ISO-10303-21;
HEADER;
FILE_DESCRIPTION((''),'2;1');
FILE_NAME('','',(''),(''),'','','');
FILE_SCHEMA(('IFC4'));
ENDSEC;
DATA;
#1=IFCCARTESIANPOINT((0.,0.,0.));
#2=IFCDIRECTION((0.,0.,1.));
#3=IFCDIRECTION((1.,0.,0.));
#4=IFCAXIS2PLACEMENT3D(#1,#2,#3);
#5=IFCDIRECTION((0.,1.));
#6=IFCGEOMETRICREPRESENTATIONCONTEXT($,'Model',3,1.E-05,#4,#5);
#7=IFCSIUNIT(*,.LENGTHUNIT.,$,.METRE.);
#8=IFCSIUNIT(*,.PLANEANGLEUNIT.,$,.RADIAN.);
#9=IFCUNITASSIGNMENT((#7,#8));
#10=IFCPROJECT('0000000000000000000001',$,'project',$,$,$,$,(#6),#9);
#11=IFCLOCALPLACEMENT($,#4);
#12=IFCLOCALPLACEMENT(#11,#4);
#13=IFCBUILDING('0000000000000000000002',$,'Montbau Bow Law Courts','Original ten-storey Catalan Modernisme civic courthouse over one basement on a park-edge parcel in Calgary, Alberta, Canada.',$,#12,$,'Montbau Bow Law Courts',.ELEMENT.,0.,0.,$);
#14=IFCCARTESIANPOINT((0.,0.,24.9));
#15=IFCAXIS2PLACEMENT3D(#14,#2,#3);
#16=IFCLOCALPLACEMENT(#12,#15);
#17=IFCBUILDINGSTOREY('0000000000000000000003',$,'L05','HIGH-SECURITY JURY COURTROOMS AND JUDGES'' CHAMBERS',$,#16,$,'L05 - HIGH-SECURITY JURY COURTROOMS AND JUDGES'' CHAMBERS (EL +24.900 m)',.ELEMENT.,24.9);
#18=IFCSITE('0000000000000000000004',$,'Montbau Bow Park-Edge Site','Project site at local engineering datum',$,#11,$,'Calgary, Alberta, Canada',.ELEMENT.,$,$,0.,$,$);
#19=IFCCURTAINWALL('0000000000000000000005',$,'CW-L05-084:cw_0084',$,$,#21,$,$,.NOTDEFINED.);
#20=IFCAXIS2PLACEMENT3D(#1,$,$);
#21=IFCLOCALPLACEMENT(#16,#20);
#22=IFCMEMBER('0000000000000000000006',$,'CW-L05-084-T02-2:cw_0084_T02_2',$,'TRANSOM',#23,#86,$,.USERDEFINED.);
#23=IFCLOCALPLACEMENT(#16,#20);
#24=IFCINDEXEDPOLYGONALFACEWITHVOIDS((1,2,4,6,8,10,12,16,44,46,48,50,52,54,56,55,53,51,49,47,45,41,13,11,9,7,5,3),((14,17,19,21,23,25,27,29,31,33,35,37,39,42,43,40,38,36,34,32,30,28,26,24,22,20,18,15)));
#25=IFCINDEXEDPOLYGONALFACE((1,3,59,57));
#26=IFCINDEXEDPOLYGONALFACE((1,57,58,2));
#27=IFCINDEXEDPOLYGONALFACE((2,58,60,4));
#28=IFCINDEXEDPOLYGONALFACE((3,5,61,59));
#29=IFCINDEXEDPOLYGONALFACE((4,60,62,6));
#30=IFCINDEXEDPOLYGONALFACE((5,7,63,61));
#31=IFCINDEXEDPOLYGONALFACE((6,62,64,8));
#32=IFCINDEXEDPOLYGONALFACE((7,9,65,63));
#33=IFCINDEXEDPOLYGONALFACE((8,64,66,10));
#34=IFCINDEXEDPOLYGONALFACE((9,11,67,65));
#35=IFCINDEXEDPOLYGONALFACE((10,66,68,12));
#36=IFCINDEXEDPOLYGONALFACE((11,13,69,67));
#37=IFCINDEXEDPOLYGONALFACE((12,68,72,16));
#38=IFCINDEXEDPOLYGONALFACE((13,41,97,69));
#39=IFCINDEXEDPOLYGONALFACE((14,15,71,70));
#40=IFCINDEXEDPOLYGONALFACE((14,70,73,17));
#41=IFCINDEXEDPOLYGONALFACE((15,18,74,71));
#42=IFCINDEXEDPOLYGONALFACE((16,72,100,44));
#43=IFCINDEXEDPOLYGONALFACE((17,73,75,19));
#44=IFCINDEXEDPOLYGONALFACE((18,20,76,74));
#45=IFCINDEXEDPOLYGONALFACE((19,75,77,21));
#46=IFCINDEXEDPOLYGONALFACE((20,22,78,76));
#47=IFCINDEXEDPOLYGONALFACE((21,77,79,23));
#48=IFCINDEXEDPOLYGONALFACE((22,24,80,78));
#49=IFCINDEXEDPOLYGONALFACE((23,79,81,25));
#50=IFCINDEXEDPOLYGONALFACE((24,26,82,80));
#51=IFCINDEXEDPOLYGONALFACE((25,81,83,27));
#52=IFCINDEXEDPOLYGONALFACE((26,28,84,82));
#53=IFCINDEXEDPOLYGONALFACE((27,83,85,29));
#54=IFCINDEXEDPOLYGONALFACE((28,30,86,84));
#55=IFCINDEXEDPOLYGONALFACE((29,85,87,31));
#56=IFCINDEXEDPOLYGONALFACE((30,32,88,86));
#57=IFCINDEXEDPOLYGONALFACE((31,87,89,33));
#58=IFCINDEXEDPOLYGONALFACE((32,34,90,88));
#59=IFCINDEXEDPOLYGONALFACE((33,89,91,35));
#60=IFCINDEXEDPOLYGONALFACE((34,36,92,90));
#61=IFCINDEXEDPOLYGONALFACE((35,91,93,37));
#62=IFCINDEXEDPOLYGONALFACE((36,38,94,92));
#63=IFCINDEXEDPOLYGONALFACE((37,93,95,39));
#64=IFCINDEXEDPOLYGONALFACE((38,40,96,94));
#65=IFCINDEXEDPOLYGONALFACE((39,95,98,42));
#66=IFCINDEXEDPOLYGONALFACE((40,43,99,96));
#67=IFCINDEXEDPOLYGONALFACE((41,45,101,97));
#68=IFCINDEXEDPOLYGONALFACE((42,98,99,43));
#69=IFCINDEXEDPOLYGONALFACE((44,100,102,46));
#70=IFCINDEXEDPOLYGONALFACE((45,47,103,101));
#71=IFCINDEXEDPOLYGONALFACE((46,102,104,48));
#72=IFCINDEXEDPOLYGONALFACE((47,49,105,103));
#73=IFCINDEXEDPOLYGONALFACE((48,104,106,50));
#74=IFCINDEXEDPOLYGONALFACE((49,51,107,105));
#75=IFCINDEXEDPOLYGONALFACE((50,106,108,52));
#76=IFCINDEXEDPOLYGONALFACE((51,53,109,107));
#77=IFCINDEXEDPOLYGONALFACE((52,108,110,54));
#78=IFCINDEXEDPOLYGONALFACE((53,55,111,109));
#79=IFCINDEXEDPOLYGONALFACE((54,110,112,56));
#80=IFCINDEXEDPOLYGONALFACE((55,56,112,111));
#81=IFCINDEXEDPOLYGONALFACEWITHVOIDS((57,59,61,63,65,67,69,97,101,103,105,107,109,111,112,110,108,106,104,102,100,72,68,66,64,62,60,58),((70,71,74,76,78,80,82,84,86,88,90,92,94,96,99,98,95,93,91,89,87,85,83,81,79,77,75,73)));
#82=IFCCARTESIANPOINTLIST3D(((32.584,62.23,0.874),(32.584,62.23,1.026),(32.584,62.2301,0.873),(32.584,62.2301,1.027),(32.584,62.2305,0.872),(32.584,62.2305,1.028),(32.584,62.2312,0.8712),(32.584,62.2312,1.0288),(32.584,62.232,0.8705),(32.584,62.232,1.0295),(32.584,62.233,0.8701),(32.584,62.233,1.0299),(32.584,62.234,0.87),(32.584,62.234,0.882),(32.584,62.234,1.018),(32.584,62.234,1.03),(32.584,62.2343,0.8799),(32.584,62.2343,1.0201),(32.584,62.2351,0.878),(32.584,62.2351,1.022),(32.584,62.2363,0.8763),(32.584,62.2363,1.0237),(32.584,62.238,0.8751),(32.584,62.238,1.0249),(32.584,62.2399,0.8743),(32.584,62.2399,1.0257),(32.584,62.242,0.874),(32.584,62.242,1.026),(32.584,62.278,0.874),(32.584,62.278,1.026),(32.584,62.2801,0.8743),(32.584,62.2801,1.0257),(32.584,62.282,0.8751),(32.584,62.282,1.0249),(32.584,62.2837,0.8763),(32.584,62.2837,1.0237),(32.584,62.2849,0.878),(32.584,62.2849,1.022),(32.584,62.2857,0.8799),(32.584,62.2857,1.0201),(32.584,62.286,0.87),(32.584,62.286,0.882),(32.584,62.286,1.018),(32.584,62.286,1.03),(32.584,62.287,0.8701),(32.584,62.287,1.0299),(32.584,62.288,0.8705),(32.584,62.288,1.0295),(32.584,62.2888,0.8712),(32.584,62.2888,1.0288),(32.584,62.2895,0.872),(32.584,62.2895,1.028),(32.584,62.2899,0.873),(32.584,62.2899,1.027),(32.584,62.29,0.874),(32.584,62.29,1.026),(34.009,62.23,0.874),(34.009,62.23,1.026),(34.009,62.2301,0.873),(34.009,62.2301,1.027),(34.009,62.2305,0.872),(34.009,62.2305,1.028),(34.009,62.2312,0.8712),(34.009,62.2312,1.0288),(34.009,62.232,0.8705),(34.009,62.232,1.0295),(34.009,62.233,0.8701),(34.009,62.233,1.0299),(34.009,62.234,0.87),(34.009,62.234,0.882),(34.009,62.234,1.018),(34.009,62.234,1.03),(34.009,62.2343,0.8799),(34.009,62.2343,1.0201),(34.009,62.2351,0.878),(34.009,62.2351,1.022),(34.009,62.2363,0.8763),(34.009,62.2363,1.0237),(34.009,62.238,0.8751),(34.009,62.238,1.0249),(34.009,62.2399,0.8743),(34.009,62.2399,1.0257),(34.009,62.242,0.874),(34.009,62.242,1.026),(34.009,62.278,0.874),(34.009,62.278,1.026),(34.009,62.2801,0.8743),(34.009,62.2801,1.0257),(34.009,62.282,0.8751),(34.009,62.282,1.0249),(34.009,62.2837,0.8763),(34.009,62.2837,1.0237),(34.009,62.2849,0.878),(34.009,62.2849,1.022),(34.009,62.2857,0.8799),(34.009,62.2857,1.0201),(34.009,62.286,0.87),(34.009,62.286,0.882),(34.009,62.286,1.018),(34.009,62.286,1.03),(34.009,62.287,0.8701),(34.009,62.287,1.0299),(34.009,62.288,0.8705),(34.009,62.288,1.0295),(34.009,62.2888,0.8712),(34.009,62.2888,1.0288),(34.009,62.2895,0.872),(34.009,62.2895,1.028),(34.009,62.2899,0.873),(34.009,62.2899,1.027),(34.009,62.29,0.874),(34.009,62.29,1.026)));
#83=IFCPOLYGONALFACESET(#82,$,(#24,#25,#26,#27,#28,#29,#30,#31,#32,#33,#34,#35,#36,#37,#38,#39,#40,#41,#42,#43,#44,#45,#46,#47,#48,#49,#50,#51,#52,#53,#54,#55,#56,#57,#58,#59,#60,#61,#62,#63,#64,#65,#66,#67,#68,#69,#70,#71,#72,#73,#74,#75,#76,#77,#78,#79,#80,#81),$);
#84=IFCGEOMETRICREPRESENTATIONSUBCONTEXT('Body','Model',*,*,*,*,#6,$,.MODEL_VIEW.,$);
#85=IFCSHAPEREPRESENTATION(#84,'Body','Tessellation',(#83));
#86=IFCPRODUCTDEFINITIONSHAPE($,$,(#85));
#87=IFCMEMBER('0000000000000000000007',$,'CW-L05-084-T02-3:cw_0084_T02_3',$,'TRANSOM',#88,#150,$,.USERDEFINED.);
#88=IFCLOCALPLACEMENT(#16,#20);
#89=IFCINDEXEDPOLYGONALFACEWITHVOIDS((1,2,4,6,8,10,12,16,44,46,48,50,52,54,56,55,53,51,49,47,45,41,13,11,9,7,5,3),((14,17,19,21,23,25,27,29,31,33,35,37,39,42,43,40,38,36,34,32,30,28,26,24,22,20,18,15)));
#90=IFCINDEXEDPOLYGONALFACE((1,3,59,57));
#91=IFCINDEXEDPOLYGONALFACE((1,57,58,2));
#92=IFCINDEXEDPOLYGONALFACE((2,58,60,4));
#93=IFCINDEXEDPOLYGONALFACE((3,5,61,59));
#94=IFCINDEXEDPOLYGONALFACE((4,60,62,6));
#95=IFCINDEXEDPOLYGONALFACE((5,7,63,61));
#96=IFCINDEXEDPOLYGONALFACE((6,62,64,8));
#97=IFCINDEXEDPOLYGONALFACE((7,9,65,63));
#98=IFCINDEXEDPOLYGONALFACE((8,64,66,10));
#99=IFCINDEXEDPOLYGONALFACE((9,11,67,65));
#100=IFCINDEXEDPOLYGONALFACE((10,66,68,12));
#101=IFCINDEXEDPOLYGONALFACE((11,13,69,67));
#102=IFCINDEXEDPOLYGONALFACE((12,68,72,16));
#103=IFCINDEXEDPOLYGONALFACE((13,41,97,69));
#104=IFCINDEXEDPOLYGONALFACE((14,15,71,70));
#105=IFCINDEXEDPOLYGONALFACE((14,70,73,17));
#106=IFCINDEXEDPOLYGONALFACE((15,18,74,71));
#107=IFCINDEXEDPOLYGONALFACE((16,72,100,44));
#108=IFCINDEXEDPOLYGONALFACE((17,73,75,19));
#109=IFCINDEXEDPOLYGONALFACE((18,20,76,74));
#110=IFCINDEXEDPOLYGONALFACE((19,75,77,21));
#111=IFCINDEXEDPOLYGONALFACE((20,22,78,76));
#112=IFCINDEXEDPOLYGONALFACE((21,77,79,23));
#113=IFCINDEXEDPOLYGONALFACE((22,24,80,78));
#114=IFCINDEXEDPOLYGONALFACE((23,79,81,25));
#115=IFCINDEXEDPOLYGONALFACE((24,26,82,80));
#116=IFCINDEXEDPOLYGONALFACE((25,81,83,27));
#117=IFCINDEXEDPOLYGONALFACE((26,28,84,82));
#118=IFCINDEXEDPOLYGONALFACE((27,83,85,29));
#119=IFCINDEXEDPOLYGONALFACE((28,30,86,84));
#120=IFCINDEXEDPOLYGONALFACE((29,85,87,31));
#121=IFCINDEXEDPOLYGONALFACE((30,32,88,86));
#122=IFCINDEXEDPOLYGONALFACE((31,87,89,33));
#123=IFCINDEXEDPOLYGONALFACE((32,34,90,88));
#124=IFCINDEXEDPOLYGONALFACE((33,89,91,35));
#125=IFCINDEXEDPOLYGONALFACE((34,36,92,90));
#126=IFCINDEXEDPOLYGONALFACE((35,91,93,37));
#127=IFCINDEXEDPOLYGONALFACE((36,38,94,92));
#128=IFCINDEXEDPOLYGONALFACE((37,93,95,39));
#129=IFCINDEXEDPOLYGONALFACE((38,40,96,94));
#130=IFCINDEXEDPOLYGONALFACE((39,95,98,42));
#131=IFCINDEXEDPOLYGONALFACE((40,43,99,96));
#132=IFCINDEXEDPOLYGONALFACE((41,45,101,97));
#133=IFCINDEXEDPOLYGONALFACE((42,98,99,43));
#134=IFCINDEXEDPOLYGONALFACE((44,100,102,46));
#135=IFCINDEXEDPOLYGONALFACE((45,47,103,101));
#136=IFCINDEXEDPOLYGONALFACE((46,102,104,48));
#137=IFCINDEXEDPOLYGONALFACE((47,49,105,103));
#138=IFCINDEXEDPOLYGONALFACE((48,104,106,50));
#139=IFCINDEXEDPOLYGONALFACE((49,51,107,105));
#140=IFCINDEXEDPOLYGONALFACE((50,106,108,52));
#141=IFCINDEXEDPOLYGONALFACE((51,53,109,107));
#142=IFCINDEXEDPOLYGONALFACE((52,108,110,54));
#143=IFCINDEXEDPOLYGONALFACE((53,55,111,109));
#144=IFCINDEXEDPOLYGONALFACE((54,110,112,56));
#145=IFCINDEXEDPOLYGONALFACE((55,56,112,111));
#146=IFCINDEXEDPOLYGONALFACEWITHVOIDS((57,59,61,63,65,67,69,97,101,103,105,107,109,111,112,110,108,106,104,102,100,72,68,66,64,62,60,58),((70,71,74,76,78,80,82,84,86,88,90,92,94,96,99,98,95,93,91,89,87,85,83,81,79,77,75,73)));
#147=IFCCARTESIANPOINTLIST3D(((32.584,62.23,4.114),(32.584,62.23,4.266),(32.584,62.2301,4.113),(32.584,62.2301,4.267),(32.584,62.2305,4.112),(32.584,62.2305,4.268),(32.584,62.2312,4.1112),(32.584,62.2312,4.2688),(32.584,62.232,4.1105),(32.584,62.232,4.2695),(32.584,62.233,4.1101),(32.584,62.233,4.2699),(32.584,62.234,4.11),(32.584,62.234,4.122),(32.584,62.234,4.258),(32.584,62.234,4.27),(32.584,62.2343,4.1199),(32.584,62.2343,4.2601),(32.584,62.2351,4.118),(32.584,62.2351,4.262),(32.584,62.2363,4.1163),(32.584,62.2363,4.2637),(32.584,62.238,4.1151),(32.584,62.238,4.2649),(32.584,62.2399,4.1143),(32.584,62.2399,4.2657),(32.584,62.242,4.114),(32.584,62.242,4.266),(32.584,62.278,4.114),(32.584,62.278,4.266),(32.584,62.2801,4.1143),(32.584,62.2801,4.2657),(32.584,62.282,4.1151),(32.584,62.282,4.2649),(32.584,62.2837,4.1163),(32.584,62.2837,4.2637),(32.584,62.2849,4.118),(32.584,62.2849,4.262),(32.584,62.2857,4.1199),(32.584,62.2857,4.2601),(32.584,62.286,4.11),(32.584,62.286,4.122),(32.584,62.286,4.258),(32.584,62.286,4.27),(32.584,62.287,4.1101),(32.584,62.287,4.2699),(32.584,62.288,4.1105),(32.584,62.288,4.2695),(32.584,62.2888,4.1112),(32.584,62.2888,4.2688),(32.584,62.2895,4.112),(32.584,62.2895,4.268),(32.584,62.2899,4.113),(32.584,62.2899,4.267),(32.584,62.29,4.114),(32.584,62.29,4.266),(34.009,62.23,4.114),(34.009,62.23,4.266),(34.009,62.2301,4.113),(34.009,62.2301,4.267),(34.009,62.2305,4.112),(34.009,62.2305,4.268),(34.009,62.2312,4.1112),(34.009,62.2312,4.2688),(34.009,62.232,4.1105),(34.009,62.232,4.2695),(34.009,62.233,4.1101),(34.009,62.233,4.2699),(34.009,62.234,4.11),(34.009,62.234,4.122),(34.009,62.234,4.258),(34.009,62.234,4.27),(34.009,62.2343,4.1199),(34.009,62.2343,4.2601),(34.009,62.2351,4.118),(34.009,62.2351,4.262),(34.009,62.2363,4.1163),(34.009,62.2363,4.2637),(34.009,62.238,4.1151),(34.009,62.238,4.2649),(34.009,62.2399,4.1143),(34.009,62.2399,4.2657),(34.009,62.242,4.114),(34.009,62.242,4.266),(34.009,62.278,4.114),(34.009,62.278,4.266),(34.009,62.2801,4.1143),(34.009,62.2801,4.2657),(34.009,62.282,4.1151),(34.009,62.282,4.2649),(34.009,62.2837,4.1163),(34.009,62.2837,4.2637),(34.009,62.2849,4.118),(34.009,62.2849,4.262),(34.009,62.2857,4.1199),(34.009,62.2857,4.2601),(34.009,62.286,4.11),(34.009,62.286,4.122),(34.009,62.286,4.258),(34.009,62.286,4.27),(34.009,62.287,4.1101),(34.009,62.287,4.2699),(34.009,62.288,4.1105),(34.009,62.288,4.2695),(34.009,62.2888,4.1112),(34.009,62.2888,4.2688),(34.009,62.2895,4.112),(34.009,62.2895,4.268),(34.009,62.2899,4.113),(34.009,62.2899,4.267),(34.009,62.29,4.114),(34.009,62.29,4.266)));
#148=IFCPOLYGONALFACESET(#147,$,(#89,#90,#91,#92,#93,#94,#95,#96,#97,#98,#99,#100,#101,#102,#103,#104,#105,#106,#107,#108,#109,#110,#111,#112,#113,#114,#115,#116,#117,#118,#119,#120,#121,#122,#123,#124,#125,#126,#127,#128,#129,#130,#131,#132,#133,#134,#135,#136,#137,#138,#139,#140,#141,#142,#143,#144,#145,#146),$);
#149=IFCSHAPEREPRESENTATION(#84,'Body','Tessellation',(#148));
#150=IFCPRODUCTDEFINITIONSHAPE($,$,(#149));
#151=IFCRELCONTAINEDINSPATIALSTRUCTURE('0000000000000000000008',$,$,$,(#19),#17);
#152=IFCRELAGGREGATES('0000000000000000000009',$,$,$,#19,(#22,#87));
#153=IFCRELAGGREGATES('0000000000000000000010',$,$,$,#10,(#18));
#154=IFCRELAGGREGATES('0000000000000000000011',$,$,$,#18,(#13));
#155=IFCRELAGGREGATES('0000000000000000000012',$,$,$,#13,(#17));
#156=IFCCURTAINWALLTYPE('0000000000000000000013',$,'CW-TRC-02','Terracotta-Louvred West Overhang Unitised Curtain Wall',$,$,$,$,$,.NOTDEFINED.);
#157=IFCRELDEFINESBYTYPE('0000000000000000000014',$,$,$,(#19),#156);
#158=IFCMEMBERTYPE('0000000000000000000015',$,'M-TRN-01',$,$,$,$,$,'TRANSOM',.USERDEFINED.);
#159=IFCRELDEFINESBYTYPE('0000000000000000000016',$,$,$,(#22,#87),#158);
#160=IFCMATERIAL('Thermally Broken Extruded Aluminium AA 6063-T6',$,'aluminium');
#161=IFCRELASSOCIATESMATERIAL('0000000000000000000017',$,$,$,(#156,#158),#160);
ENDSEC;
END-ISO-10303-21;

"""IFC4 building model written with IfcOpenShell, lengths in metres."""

from ifc_helpers import new_model, si_unit, direction, frame, origin_with_axes, origin_2d_with_axis, place, context, subcontext, project, spatial, hollow_rectangle, extrude, material, material_profile, profile_set, type_object, element, aggregate, save


model = new_model("IFC4")

# Units and contexts
model_context = context("Model", 3, precision=1e-05, world=origin_with_axes(), true_north=direction((0.0, 1.0)))
body_context = subcontext(model_context, "Body", "Model", "MODEL_VIEW")
ifc_project = project(units=[si_unit("LENGTHUNIT", "METRE"), si_unit("PLANEANGLEUNIT", "RADIAN")], contexts=[model_context])

# Site, building, storey
site_placement = place(None, origin_with_axes())
site = spatial("IfcSite", under=ifc_project, at=site_placement, Name="Montbau Bow Park-Edge Site", Description="Project site at local engineering datum", LongName="Calgary, Alberta, Canada", CompositionType="ELEMENT", RefElevation=0.0)
building_placement = place(site_placement, origin_with_axes())
building = spatial("IfcBuilding", under=site, at=building_placement, Name="Montbau Bow Law Courts", Description="Original ten-storey Catalan Modernisme civic courthouse over one basement on a park-edge parcel in Calgary, Alberta, Canada.", LongName="Montbau Bow Law Courts", CompositionType="ELEMENT", ElevationOfRefHeight=0.0, ElevationOfTerrain=0.0)
storey_placement = place(building_placement, frame((0.0, 0.0, 24.9), z_axis=(0.0, 0.0, 1.0), x_axis=(1.0, 0.0, 0.0)))
storey = spatial("IfcBuildingStorey", under=building, at=storey_placement, Name="L05", Description="HIGH-SECURITY JURY COURTROOMS AND JUDGES' CHAMBERS", LongName="L05 - HIGH-SECURITY JURY COURTROOMS AND JUDGES' CHAMBERS (EL +24.900 m)", CompositionType="ELEMENT", Elevation=24.9)

# Curtain wall, members
ifc_material_1 = material(Name="Thermally Broken Extruded Aluminium AA 6063-T6", Category="aluminium")
curtain_wall_type = type_object("IfcCurtainWallType", Name="CW-TRC-02", Description="Terracotta-Louvred West Overhang Unitised Curtain Wall", PredefinedType="NOTDEFINED", material=ifc_material_1)
curtain_wall_placement = place(None, frame((31.04, 62.26, 24.9), z_axis=(0.0, 0.0, 1.0), x_axis=(1.0, 0.0, 0.0)))
curtain_wall = element("IfcCurtainWall", 1, at=curtain_wall_placement, inside=storey, type_object=curtain_wall_type, Name="CW-L05-084:cw_0084", PredefinedType="NOTDEFINED")
ifc_material_profile_1 = material_profile(ifc_material_1, hollow_rectangle(XDim=0.06, YDim=0.16, WallThickness=0.004, InnerFilletRadius=0.008, OuterFilletRadius=0.004, at=origin_2d_with_axis()), Name="CWT-160X60", Category="Main", Priority=0)
ifc_profile_set_1 = profile_set([ifc_material_profile_1], Name="Thermally Broken Extruded Aluminium AA 6063-T6")
member_type_1 = type_object("IfcMemberType", Name="M-TRN-01", ElementType="TRANSOM", PredefinedType="USERDEFINED", material=ifc_profile_set_1)
member_1_placement = place(None, frame((32.584, 62.26, 25.85), z_axis=(1.0, 0.0, 0.0), x_axis=(0.0, 1.0, 0.0)))
member_1 = element("IfcMember", 2, at=member_1_placement, type_object=member_type_1, Name="CW-L05-084-T02-2:cw_0084_T02_2", ObjectType="TRANSOM", PredefinedType="USERDEFINED", context=body_context, shape_type="SweptSolid", body=[
    extrude(hollow_rectangle(XDim=0.06, YDim=0.16, WallThickness=0.004, InnerFilletRadius=0.008, OuterFilletRadius=0.004, at=origin_2d_with_axis()), origin_with_axes(), (0.0, 0.0, 1.0), 1.425),
])
member_2_placement = place(None, frame((32.584, 62.26, 29.09), z_axis=(1.0, 0.0, 0.0), x_axis=(0.0, 1.0, 0.0)))
member_2 = element("IfcMember", 3, at=member_2_placement, type_object=member_type_1, Name="CW-L05-084-T02-3:cw_0084_T02_3", ObjectType="TRANSOM", PredefinedType="USERDEFINED", context=body_context, shape_type="SweptSolid", body=[
    extrude(hollow_rectangle(XDim=0.06, YDim=0.16, WallThickness=0.004, InnerFilletRadius=0.008, OuterFilletRadius=0.004, at=origin_2d_with_axis()), origin_with_axes(), (0.0, 0.0, 1.0), 1.425),
])
aggregate(curtain_wall, [member_1, member_2])

save(model, "model.ifc")
